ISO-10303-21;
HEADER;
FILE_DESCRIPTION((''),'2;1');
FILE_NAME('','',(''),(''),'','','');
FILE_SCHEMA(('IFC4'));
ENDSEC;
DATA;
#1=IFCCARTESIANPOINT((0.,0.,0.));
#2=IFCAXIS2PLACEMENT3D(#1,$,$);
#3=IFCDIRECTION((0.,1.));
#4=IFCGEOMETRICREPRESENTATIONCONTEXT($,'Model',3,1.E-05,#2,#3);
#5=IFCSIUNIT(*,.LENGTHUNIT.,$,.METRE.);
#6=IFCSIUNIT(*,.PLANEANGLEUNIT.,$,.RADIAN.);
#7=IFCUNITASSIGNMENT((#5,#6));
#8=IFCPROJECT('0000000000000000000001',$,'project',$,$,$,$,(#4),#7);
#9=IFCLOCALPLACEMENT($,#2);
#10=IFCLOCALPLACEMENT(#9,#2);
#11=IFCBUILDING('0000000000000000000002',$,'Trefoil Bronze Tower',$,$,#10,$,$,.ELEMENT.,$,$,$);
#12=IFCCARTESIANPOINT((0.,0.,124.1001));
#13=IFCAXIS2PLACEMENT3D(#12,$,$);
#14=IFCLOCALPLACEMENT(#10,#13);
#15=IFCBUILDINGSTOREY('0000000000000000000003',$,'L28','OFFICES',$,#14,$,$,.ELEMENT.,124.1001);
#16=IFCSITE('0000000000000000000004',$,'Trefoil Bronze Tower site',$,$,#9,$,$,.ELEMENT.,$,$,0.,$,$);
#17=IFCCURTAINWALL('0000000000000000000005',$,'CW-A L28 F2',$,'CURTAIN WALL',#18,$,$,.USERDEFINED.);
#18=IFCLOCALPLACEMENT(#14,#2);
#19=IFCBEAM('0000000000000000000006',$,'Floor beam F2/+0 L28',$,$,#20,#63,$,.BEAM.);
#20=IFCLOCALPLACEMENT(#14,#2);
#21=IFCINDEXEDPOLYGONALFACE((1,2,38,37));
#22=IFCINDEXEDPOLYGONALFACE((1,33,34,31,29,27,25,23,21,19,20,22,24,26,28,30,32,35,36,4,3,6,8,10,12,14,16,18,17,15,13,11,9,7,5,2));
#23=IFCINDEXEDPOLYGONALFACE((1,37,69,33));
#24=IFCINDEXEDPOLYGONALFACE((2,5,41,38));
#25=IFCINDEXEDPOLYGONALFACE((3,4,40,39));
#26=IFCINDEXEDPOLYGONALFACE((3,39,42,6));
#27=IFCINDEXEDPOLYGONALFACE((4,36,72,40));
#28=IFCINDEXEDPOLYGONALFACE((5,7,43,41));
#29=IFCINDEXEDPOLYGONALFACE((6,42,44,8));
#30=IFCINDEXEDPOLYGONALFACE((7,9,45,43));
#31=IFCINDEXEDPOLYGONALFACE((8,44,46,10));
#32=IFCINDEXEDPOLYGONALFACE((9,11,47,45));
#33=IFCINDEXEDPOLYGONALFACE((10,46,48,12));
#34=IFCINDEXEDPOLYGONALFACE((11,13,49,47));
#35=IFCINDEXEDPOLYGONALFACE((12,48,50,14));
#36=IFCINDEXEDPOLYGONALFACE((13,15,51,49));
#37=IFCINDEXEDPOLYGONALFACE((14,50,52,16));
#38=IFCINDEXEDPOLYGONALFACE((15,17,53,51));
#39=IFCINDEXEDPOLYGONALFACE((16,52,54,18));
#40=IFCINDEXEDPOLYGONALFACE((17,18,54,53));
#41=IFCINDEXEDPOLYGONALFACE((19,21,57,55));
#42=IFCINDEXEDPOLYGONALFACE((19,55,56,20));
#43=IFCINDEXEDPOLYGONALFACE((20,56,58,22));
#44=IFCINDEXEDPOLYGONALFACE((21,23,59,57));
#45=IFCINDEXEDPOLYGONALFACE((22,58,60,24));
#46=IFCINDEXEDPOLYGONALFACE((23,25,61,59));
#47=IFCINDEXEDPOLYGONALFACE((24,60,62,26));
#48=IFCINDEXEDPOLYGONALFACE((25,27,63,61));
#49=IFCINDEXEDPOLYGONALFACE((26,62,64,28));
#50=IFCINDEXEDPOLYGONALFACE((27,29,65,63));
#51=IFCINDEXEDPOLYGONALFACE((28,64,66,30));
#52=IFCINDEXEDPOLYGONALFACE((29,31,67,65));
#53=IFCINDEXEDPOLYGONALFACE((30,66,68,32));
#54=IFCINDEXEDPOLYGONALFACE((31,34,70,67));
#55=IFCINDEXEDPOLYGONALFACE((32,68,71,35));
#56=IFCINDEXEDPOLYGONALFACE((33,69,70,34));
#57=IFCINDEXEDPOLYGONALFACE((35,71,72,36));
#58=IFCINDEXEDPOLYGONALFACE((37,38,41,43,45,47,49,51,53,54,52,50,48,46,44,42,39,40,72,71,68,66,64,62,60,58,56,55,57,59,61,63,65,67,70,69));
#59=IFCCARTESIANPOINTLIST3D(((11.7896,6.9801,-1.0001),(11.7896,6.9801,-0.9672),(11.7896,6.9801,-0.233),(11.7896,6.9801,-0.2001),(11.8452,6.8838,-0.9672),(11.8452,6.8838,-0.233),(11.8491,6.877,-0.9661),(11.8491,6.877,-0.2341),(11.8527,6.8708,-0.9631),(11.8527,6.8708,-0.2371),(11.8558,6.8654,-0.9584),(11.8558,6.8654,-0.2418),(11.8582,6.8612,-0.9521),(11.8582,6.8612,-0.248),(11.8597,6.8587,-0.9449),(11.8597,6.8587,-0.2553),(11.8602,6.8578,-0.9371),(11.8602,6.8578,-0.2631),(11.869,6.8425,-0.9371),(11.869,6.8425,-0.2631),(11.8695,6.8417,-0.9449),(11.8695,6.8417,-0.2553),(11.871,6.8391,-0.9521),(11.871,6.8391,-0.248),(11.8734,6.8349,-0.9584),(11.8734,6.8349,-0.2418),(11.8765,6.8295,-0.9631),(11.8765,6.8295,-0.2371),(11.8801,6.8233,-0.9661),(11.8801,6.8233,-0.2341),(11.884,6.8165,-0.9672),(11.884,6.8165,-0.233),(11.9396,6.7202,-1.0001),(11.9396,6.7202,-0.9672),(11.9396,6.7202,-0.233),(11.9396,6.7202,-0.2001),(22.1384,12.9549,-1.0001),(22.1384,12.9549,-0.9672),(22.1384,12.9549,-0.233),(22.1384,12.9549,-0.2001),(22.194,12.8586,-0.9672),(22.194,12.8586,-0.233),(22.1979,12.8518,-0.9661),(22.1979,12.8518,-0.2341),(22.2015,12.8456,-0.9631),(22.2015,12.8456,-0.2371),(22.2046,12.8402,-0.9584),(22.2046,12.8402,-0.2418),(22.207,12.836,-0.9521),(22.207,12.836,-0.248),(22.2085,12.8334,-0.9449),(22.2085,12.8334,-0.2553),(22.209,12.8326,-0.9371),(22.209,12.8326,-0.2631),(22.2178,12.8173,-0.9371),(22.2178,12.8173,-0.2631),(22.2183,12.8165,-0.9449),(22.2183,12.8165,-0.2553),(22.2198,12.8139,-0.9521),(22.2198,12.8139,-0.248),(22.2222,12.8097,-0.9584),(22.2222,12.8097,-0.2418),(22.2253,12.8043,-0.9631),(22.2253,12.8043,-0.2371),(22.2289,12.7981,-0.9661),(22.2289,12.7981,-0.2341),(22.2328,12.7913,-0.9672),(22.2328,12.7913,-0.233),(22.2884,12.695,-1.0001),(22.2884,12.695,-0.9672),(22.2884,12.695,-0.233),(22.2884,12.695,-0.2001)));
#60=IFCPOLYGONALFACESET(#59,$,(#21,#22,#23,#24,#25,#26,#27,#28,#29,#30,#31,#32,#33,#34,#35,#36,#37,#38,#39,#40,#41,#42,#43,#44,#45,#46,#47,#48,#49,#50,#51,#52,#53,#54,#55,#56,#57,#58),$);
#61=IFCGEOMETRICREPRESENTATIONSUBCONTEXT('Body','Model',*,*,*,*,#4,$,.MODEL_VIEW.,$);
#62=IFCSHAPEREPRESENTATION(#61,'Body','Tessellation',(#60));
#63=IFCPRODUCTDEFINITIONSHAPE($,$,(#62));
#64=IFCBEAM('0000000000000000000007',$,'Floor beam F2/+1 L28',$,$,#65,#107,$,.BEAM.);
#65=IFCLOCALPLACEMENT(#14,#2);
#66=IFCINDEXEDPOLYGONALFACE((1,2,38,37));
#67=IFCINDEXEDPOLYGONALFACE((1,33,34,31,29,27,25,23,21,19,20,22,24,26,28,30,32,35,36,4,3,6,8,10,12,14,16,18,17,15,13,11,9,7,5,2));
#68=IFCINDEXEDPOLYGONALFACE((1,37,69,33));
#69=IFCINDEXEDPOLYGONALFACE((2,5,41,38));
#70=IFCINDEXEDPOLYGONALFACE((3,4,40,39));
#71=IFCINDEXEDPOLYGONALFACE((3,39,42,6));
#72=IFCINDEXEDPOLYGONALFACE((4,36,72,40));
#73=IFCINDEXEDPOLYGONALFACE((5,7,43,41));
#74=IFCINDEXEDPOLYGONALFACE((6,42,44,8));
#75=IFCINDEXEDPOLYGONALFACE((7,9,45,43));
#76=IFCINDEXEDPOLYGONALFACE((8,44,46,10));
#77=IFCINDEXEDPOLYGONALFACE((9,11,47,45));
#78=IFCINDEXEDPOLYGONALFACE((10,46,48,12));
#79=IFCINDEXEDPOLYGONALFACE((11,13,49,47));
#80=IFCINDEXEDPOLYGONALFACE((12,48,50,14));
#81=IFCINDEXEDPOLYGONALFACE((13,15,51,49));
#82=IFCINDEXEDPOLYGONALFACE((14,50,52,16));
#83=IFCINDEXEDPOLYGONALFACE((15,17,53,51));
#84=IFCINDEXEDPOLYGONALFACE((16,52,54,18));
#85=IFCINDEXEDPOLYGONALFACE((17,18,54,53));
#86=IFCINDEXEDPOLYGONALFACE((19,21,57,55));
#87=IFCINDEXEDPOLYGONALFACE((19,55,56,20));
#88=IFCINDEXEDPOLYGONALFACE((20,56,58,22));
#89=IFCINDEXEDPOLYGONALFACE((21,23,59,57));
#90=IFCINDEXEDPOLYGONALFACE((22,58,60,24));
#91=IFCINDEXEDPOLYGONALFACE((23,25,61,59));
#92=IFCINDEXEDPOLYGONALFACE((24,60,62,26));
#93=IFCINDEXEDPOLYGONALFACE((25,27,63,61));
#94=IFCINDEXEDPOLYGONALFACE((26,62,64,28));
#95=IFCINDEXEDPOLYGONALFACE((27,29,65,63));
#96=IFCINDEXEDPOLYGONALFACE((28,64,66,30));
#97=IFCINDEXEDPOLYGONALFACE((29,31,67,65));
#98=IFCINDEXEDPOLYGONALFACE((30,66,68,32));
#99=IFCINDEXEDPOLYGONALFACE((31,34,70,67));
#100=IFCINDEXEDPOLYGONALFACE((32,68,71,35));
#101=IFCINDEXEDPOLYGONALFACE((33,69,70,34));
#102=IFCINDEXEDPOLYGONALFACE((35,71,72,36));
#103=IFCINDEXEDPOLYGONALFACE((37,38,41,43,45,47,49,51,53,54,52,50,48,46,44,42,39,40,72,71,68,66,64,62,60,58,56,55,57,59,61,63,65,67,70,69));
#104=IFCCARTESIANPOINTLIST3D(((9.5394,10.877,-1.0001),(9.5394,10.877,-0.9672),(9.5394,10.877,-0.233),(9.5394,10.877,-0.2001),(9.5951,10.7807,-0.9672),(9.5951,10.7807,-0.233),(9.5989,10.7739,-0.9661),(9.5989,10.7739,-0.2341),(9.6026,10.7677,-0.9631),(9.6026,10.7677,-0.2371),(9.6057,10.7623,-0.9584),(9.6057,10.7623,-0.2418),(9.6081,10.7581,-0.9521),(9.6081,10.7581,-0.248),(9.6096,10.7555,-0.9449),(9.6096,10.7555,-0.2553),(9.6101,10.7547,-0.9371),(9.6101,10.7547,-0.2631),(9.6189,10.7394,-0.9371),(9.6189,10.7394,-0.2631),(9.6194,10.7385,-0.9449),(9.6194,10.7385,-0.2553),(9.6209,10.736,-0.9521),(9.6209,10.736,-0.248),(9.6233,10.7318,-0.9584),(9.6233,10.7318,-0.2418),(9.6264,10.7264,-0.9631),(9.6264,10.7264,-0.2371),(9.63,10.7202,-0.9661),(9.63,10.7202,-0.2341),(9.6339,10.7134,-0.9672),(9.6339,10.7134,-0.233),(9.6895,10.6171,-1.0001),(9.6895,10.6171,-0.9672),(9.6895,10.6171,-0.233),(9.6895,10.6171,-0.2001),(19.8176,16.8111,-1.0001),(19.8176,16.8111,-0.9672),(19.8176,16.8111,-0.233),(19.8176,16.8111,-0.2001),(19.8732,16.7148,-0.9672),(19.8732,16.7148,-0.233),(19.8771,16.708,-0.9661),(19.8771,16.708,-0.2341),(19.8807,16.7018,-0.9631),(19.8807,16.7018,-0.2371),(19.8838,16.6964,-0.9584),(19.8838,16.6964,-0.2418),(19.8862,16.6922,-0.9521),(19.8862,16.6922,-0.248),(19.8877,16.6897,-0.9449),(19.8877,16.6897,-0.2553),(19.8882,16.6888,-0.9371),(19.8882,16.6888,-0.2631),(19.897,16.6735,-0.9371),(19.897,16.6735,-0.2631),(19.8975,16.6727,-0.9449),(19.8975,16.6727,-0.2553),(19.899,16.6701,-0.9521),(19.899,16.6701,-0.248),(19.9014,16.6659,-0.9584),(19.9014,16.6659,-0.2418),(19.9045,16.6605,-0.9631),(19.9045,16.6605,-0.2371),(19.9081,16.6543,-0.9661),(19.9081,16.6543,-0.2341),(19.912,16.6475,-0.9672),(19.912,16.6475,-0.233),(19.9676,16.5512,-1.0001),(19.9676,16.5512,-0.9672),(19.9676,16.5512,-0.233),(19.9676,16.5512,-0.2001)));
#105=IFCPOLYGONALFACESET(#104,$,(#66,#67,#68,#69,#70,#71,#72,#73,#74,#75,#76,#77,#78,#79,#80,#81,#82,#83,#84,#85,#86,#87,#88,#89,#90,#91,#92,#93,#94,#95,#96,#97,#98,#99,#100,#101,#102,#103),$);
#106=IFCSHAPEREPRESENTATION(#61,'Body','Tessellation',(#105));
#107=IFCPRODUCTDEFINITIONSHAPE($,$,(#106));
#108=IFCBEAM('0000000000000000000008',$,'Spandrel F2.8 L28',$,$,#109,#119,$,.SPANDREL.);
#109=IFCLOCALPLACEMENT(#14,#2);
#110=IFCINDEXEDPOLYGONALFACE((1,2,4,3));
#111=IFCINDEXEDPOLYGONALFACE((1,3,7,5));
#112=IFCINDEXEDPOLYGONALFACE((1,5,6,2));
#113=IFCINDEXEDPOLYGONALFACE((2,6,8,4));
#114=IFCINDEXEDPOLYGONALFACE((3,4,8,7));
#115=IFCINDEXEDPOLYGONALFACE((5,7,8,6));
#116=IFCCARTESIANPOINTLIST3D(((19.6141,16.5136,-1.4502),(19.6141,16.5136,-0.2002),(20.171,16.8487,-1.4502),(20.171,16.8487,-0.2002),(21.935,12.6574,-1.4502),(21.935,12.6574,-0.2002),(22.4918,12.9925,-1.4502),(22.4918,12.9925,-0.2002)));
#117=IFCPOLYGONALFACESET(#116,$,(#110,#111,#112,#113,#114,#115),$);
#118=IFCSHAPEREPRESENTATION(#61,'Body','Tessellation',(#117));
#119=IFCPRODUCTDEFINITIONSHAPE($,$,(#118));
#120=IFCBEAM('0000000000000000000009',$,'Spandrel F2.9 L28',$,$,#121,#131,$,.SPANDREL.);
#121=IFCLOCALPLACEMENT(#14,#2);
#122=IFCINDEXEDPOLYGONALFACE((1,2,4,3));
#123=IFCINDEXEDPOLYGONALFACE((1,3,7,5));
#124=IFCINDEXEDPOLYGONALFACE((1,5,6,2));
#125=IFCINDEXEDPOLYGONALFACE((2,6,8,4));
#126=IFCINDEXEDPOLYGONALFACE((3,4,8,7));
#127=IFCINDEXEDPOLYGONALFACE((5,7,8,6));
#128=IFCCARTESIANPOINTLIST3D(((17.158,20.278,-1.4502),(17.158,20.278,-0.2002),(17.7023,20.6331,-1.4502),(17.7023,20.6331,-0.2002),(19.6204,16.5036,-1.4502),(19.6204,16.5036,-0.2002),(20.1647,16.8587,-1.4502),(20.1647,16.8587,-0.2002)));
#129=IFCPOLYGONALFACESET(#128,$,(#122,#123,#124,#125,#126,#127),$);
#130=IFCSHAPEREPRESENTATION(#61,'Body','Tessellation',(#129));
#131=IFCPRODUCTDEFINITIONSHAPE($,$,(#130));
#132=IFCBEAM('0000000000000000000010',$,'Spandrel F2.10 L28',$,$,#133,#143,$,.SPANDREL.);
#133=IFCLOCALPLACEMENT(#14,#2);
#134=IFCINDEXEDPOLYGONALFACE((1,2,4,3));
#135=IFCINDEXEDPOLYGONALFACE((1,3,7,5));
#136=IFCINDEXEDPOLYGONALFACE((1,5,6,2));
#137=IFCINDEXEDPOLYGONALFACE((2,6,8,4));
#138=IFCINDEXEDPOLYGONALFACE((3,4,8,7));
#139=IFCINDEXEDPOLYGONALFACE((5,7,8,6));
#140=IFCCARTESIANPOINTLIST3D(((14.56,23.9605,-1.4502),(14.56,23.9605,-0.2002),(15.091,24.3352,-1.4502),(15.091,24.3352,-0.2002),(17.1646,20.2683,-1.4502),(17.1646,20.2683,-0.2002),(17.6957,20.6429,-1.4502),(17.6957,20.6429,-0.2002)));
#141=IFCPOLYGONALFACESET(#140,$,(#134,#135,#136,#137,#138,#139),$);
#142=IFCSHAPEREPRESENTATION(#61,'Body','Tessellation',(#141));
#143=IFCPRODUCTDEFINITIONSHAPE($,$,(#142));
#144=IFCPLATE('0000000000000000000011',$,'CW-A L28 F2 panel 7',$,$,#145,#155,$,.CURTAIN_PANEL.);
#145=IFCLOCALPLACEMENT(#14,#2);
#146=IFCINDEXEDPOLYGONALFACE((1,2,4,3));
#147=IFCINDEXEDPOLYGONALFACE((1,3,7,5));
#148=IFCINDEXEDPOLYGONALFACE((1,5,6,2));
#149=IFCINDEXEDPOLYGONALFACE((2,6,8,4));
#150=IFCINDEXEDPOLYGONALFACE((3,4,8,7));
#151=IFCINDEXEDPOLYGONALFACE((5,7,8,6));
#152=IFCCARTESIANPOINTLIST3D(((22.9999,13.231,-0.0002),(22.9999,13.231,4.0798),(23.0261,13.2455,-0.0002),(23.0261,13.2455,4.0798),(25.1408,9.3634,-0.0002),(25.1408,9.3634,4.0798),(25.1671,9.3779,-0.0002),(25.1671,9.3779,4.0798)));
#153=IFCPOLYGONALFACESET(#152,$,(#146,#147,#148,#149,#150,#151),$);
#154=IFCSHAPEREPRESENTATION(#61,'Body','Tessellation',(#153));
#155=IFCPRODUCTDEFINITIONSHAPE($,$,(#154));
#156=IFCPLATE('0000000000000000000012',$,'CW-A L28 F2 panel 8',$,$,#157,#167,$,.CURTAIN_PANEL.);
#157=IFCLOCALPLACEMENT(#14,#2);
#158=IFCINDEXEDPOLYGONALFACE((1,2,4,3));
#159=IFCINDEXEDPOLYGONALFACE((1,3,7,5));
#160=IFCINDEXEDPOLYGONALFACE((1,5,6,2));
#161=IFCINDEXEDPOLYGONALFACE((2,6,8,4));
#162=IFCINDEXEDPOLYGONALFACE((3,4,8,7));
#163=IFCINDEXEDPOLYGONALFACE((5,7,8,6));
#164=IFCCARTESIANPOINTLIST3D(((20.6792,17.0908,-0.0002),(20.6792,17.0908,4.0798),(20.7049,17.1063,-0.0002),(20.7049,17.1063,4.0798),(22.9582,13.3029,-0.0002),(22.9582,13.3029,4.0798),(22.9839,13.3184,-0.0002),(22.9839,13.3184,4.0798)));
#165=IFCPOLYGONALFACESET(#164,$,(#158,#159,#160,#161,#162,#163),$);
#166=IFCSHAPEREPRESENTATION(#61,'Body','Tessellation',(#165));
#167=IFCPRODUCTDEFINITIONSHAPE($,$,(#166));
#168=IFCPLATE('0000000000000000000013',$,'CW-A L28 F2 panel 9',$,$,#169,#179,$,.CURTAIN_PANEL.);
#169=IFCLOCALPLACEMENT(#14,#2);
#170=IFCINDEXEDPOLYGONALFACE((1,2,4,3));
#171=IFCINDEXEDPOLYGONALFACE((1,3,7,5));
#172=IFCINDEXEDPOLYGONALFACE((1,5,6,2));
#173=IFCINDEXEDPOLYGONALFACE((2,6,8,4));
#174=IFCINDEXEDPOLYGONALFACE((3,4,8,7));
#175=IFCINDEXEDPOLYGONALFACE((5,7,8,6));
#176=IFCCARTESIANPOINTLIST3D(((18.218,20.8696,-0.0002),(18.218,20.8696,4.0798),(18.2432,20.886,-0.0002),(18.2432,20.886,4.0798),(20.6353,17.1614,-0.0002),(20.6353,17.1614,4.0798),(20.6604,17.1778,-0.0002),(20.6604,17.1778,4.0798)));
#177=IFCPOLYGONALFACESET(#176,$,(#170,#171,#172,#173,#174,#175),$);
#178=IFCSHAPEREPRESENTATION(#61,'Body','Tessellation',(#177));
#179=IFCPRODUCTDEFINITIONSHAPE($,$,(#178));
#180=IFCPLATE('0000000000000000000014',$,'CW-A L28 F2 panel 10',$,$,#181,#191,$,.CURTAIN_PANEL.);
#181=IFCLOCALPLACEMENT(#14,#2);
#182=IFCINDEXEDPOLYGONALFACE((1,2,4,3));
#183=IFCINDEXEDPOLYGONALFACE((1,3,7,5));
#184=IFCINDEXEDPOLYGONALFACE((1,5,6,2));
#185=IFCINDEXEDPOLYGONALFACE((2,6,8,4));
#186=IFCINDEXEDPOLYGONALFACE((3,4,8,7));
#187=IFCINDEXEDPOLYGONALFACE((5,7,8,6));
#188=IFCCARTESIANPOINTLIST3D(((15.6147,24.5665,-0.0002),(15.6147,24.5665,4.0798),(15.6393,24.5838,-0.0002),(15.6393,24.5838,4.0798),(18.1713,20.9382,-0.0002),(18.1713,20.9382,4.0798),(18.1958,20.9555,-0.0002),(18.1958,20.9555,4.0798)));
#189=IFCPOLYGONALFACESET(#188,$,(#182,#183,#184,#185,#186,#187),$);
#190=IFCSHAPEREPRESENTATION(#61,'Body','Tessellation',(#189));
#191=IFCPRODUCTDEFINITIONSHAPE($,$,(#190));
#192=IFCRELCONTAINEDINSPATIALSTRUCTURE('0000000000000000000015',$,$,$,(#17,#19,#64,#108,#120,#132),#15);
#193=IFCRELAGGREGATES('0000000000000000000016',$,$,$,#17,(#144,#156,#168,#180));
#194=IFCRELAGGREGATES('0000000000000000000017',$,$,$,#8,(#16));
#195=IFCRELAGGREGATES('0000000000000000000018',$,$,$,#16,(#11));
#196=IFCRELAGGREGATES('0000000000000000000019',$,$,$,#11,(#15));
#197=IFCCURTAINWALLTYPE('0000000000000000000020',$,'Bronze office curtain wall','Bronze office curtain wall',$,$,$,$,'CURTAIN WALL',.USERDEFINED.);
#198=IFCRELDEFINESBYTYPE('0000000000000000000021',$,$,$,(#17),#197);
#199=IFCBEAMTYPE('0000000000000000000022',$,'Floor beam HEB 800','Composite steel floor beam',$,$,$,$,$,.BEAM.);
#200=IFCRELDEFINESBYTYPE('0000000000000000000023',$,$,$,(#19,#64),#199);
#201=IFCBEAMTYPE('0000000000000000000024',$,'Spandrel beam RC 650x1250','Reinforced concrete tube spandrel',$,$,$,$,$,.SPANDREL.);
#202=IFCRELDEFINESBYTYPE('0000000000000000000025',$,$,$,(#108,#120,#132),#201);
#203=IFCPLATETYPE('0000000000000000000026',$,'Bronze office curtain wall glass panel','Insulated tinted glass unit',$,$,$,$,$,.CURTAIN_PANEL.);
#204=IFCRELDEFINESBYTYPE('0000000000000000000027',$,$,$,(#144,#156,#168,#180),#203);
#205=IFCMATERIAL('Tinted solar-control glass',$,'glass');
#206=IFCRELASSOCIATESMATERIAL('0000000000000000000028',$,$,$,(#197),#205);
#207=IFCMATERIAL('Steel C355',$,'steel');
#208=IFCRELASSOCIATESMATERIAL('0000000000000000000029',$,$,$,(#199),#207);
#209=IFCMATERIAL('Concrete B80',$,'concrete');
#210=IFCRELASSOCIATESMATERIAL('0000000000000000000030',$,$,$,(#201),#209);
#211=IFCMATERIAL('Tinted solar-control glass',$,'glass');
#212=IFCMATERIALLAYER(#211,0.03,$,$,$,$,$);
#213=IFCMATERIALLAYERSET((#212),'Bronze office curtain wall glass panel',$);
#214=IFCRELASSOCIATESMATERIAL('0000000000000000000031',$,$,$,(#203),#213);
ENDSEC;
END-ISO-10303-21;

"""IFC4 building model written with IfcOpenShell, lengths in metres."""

from ifc_helpers import new_model, si_unit, direction, frame, origin, origin_2d, place, context, subcontext, project, spatial, rectangle, i_section, extrude, material, layer, layer_set, material_profile, profile_set, type_object, element, aggregate, save


model = new_model("IFC4")

# Units and contexts
model_context = context("Model", 3, precision=1e-05, world=origin(), true_north=direction((0.0, 1.0)))
body_context = subcontext(model_context, "Body", "Model", "MODEL_VIEW")
ifc_project = project(units=[si_unit("LENGTHUNIT", "METRE"), si_unit("PLANEANGLEUNIT", "RADIAN")], contexts=[model_context])

# Site, building, storey
site_placement = place(None, origin())
site = spatial("IfcSite", under=ifc_project, at=site_placement, Name="Trefoil Bronze Tower site", CompositionType="ELEMENT", RefElevation=0.0)
building_placement = place(site_placement, origin())
building = spatial("IfcBuilding", under=site, at=building_placement, Name="Trefoil Bronze Tower", CompositionType="ELEMENT")
storey_placement = place(building_placement, frame((0.0, 0.0, 124.1001)))
storey = spatial("IfcBuildingStorey", under=building, at=storey_placement, Name="L28", Description="OFFICES", CompositionType="ELEMENT", Elevation=124.1001)

# Curtain wall
ifc_material_1 = material(Name="Tinted solar-control glass", Category="glass")
curtain_wall_type = type_object("IfcCurtainWallType", Name="Bronze office curtain wall", Description="Bronze office curtain wall", ElementType="CURTAIN WALL", PredefinedType="USERDEFINED", material=ifc_material_1)
curtain_wall_placement = place(storey_placement, origin())
curtain_wall = element("IfcCurtainWall", 1, at=curtain_wall_placement, inside=storey, type_object=curtain_wall_type, Name="CW-A L28 F2", ObjectType="CURTAIN WALL", PredefinedType="USERDEFINED")

# Beams
ifc_material_2 = material(Name="Steel C355", Category="steel")
ifc_material_profile_1 = material_profile(ifc_material_2, i_section(OverallWidth=0.3, OverallDepth=0.8, WebThickness=0.0176, FlangeThickness=0.033, FilletRadius=0.03, at=origin_2d()), Name="HEB 800")
ifc_profile_set_1 = profile_set([ifc_material_profile_1], Name="Steel C355")
beam_type_1 = type_object("IfcBeamType", Name="Floor beam HEB 800", Description="Composite steel floor beam", PredefinedType="BEAM", material=ifc_profile_set_1)
beam_1_placement = place(storey_placement, frame((22.2134, 12.825, -0.6001), z_axis=(-0.866028, -0.499995, 0.0), x_axis=(0.499995, -0.866028, 0.0)))
element("IfcBeam", 2, at=beam_1_placement, inside=storey, type_object=beam_type_1, Name="Floor beam F2/+0 L28", PredefinedType="BEAM", context=body_context, shape_type="SweptSolid", body=[
    extrude(i_section(OverallWidth=0.3, OverallDepth=0.8, WebThickness=0.0176, FlangeThickness=0.033, FilletRadius=0.03, at=origin_2d()), origin(), (0.0, 0.0, 1.0), 11.9497),
])
beam_2_placement = place(storey_placement, frame((19.8926, 16.6812, -0.6001), z_axis=(-0.866024, -0.500002, 0.0), x_axis=(0.500002, -0.866024, 0.0)))
element("IfcBeam", 3, at=beam_2_placement, inside=storey, type_object=beam_type_1, Name="Floor beam F2/+1 L28", PredefinedType="BEAM", context=body_context, shape_type="SweptSolid", body=[
    extrude(i_section(OverallWidth=0.3, OverallDepth=0.8, WebThickness=0.0176, FlangeThickness=0.033, FilletRadius=0.03, at=origin_2d()), origin(), (0.0, 0.0, 1.0), 11.8682),
])
ifc_material_3 = material(Name="Concrete B80", Category="concrete")
ifc_material_profile_2 = material_profile(ifc_material_3, rectangle(XDim=0.6499, YDim=1.25, at=origin_2d()), Name="RC 650x1250")
ifc_profile_set_2 = profile_set([ifc_material_profile_2], Name="Concrete B80")
beam_type_2 = type_object("IfcBeamType", Name="Spandrel beam RC 650x1250", Description="Reinforced concrete tube spandrel", PredefinedType="SPANDREL", material=ifc_profile_set_2)
beam_3_placement = place(storey_placement, frame((22.2134, 12.825, -0.8252), z_axis=(-0.515652, 0.856798, 0.0), x_axis=(-0.856798, -0.515652, 0.0)))
element("IfcBeam", 4, at=beam_3_placement, inside=storey, type_object=beam_type_2, Name="Spandrel F2.8 L28", PredefinedType="SPANDREL", context=body_context, shape_type="SweptSolid", body=[
    extrude(rectangle(XDim=0.6499, YDim=1.25, at=origin_2d()), origin(), (0.0, 0.0, 1.0), 4.5007),
])
beam_4_placement = place(storey_placement, frame((19.8926, 16.6812, -0.8252), z_axis=(-0.546397, 0.837527, 0.0), x_axis=(-0.837527, -0.546397, 0.0)))
element("IfcBeam", 5, at=beam_4_placement, inside=storey, type_object=beam_type_2, Name="Spandrel F2.9 L28", PredefinedType="SPANDREL", context=body_context, shape_type="SweptSolid", body=[
    extrude(rectangle(XDim=0.6499, YDim=1.25, at=origin_2d()), origin(), (0.0, 0.0, 1.0), 4.5066),
])
beam_5_placement = place(storey_placement, frame((17.4302, 20.4556, -0.8252), z_axis=(-0.576439, 0.81714, 0.0), x_axis=(-0.81714, -0.576439, 0.0)))
element("IfcBeam", 6, at=beam_5_placement, inside=storey, type_object=beam_type_2, Name="Spandrel F2.10 L28", PredefinedType="SPANDREL", context=body_context, shape_type="SweptSolid", body=[
    extrude(rectangle(XDim=0.6499, YDim=1.25, at=origin_2d()), origin(), (0.0, 0.0, 1.0), 4.5186),
])

# Plates
ifc_material_4 = material(Name="Tinted solar-control glass", Category="glass")
ifc_layer_1 = layer(ifc_material_4, 0.03)
ifc_layer_set_1 = layer_set([ifc_layer_1], Name="Bronze office curtain wall glass panel")
plate_type = type_object("IfcPlateType", Name="Bronze office curtain wall glass panel", Description="Insulated tinted glass unit", PredefinedType="CURTAIN_PANEL", material=ifc_layer_set_1)
plate_1_placement = place(storey_placement, frame((24.0835, 11.3044, -0.0002), z_axis=(0.0, 0.0, 1.0), x_axis=(-0.484312, 0.874895, 0.0)))
plate_1 = element("IfcPlate", 7, at=plate_1_placement, type_object=plate_type, Name="CW-A L28 F2 panel 7", PredefinedType="CURTAIN_PANEL", context=body_context, shape_type="SweptSolid", body=[
    extrude(rectangle(XDim=4.4207, YDim=0.03, at=origin_2d()), origin(), (0.0, 0.0, 1.0), 4.0801),
])
plate_2_placement = place(storey_placement, frame((21.8315, 15.2046, -0.0002), z_axis=(0.0, 0.0, 1.0), x_axis=(-0.515525, 0.856874, 0.0)))
plate_2 = element("IfcPlate", 8, at=plate_2_placement, type_object=plate_type, Name="CW-A L28 F2 panel 8", PredefinedType="CURTAIN_PANEL", context=body_context, shape_type="SweptSolid", body=[
    extrude(rectangle(XDim=4.4207, YDim=0.03, at=origin_2d()), origin(), (0.0, 0.0, 1.0), 4.0801),
])
plate_3_placement = place(storey_placement, frame((19.4392, 19.0237, -0.0002), z_axis=(0.0, 0.0, 1.0), x_axis=(-0.546089, 0.837727, 0.0)))
plate_3 = element("IfcPlate", 9, at=plate_3_placement, type_object=plate_type, Name="CW-A L28 F2 panel 9", PredefinedType="CURTAIN_PANEL", context=body_context, shape_type="SweptSolid", body=[
    extrude(rectangle(XDim=4.4265, YDim=0.03, at=origin_2d()), origin(), (0.0, 0.0, 1.0), 4.0801),
])
plate_4_placement = place(storey_placement, frame((16.9053, 22.761, -0.0002), z_axis=(0.0, 0.0, 1.0), x_axis=(-0.575999, 0.81745, 0.0)))
plate_4 = element("IfcPlate", 10, at=plate_4_placement, type_object=plate_type, Name="CW-A L28 F2 panel 10", PredefinedType="CURTAIN_PANEL", context=body_context, shape_type="SweptSolid", body=[
    extrude(rectangle(XDim=4.4385, YDim=0.03, at=origin_2d()), origin(), (0.0, 0.0, 1.0), 4.0801),
])
aggregate(curtain_wall, [plate_1, plate_2, plate_3, plate_4])

save(model, "model.ifc")
